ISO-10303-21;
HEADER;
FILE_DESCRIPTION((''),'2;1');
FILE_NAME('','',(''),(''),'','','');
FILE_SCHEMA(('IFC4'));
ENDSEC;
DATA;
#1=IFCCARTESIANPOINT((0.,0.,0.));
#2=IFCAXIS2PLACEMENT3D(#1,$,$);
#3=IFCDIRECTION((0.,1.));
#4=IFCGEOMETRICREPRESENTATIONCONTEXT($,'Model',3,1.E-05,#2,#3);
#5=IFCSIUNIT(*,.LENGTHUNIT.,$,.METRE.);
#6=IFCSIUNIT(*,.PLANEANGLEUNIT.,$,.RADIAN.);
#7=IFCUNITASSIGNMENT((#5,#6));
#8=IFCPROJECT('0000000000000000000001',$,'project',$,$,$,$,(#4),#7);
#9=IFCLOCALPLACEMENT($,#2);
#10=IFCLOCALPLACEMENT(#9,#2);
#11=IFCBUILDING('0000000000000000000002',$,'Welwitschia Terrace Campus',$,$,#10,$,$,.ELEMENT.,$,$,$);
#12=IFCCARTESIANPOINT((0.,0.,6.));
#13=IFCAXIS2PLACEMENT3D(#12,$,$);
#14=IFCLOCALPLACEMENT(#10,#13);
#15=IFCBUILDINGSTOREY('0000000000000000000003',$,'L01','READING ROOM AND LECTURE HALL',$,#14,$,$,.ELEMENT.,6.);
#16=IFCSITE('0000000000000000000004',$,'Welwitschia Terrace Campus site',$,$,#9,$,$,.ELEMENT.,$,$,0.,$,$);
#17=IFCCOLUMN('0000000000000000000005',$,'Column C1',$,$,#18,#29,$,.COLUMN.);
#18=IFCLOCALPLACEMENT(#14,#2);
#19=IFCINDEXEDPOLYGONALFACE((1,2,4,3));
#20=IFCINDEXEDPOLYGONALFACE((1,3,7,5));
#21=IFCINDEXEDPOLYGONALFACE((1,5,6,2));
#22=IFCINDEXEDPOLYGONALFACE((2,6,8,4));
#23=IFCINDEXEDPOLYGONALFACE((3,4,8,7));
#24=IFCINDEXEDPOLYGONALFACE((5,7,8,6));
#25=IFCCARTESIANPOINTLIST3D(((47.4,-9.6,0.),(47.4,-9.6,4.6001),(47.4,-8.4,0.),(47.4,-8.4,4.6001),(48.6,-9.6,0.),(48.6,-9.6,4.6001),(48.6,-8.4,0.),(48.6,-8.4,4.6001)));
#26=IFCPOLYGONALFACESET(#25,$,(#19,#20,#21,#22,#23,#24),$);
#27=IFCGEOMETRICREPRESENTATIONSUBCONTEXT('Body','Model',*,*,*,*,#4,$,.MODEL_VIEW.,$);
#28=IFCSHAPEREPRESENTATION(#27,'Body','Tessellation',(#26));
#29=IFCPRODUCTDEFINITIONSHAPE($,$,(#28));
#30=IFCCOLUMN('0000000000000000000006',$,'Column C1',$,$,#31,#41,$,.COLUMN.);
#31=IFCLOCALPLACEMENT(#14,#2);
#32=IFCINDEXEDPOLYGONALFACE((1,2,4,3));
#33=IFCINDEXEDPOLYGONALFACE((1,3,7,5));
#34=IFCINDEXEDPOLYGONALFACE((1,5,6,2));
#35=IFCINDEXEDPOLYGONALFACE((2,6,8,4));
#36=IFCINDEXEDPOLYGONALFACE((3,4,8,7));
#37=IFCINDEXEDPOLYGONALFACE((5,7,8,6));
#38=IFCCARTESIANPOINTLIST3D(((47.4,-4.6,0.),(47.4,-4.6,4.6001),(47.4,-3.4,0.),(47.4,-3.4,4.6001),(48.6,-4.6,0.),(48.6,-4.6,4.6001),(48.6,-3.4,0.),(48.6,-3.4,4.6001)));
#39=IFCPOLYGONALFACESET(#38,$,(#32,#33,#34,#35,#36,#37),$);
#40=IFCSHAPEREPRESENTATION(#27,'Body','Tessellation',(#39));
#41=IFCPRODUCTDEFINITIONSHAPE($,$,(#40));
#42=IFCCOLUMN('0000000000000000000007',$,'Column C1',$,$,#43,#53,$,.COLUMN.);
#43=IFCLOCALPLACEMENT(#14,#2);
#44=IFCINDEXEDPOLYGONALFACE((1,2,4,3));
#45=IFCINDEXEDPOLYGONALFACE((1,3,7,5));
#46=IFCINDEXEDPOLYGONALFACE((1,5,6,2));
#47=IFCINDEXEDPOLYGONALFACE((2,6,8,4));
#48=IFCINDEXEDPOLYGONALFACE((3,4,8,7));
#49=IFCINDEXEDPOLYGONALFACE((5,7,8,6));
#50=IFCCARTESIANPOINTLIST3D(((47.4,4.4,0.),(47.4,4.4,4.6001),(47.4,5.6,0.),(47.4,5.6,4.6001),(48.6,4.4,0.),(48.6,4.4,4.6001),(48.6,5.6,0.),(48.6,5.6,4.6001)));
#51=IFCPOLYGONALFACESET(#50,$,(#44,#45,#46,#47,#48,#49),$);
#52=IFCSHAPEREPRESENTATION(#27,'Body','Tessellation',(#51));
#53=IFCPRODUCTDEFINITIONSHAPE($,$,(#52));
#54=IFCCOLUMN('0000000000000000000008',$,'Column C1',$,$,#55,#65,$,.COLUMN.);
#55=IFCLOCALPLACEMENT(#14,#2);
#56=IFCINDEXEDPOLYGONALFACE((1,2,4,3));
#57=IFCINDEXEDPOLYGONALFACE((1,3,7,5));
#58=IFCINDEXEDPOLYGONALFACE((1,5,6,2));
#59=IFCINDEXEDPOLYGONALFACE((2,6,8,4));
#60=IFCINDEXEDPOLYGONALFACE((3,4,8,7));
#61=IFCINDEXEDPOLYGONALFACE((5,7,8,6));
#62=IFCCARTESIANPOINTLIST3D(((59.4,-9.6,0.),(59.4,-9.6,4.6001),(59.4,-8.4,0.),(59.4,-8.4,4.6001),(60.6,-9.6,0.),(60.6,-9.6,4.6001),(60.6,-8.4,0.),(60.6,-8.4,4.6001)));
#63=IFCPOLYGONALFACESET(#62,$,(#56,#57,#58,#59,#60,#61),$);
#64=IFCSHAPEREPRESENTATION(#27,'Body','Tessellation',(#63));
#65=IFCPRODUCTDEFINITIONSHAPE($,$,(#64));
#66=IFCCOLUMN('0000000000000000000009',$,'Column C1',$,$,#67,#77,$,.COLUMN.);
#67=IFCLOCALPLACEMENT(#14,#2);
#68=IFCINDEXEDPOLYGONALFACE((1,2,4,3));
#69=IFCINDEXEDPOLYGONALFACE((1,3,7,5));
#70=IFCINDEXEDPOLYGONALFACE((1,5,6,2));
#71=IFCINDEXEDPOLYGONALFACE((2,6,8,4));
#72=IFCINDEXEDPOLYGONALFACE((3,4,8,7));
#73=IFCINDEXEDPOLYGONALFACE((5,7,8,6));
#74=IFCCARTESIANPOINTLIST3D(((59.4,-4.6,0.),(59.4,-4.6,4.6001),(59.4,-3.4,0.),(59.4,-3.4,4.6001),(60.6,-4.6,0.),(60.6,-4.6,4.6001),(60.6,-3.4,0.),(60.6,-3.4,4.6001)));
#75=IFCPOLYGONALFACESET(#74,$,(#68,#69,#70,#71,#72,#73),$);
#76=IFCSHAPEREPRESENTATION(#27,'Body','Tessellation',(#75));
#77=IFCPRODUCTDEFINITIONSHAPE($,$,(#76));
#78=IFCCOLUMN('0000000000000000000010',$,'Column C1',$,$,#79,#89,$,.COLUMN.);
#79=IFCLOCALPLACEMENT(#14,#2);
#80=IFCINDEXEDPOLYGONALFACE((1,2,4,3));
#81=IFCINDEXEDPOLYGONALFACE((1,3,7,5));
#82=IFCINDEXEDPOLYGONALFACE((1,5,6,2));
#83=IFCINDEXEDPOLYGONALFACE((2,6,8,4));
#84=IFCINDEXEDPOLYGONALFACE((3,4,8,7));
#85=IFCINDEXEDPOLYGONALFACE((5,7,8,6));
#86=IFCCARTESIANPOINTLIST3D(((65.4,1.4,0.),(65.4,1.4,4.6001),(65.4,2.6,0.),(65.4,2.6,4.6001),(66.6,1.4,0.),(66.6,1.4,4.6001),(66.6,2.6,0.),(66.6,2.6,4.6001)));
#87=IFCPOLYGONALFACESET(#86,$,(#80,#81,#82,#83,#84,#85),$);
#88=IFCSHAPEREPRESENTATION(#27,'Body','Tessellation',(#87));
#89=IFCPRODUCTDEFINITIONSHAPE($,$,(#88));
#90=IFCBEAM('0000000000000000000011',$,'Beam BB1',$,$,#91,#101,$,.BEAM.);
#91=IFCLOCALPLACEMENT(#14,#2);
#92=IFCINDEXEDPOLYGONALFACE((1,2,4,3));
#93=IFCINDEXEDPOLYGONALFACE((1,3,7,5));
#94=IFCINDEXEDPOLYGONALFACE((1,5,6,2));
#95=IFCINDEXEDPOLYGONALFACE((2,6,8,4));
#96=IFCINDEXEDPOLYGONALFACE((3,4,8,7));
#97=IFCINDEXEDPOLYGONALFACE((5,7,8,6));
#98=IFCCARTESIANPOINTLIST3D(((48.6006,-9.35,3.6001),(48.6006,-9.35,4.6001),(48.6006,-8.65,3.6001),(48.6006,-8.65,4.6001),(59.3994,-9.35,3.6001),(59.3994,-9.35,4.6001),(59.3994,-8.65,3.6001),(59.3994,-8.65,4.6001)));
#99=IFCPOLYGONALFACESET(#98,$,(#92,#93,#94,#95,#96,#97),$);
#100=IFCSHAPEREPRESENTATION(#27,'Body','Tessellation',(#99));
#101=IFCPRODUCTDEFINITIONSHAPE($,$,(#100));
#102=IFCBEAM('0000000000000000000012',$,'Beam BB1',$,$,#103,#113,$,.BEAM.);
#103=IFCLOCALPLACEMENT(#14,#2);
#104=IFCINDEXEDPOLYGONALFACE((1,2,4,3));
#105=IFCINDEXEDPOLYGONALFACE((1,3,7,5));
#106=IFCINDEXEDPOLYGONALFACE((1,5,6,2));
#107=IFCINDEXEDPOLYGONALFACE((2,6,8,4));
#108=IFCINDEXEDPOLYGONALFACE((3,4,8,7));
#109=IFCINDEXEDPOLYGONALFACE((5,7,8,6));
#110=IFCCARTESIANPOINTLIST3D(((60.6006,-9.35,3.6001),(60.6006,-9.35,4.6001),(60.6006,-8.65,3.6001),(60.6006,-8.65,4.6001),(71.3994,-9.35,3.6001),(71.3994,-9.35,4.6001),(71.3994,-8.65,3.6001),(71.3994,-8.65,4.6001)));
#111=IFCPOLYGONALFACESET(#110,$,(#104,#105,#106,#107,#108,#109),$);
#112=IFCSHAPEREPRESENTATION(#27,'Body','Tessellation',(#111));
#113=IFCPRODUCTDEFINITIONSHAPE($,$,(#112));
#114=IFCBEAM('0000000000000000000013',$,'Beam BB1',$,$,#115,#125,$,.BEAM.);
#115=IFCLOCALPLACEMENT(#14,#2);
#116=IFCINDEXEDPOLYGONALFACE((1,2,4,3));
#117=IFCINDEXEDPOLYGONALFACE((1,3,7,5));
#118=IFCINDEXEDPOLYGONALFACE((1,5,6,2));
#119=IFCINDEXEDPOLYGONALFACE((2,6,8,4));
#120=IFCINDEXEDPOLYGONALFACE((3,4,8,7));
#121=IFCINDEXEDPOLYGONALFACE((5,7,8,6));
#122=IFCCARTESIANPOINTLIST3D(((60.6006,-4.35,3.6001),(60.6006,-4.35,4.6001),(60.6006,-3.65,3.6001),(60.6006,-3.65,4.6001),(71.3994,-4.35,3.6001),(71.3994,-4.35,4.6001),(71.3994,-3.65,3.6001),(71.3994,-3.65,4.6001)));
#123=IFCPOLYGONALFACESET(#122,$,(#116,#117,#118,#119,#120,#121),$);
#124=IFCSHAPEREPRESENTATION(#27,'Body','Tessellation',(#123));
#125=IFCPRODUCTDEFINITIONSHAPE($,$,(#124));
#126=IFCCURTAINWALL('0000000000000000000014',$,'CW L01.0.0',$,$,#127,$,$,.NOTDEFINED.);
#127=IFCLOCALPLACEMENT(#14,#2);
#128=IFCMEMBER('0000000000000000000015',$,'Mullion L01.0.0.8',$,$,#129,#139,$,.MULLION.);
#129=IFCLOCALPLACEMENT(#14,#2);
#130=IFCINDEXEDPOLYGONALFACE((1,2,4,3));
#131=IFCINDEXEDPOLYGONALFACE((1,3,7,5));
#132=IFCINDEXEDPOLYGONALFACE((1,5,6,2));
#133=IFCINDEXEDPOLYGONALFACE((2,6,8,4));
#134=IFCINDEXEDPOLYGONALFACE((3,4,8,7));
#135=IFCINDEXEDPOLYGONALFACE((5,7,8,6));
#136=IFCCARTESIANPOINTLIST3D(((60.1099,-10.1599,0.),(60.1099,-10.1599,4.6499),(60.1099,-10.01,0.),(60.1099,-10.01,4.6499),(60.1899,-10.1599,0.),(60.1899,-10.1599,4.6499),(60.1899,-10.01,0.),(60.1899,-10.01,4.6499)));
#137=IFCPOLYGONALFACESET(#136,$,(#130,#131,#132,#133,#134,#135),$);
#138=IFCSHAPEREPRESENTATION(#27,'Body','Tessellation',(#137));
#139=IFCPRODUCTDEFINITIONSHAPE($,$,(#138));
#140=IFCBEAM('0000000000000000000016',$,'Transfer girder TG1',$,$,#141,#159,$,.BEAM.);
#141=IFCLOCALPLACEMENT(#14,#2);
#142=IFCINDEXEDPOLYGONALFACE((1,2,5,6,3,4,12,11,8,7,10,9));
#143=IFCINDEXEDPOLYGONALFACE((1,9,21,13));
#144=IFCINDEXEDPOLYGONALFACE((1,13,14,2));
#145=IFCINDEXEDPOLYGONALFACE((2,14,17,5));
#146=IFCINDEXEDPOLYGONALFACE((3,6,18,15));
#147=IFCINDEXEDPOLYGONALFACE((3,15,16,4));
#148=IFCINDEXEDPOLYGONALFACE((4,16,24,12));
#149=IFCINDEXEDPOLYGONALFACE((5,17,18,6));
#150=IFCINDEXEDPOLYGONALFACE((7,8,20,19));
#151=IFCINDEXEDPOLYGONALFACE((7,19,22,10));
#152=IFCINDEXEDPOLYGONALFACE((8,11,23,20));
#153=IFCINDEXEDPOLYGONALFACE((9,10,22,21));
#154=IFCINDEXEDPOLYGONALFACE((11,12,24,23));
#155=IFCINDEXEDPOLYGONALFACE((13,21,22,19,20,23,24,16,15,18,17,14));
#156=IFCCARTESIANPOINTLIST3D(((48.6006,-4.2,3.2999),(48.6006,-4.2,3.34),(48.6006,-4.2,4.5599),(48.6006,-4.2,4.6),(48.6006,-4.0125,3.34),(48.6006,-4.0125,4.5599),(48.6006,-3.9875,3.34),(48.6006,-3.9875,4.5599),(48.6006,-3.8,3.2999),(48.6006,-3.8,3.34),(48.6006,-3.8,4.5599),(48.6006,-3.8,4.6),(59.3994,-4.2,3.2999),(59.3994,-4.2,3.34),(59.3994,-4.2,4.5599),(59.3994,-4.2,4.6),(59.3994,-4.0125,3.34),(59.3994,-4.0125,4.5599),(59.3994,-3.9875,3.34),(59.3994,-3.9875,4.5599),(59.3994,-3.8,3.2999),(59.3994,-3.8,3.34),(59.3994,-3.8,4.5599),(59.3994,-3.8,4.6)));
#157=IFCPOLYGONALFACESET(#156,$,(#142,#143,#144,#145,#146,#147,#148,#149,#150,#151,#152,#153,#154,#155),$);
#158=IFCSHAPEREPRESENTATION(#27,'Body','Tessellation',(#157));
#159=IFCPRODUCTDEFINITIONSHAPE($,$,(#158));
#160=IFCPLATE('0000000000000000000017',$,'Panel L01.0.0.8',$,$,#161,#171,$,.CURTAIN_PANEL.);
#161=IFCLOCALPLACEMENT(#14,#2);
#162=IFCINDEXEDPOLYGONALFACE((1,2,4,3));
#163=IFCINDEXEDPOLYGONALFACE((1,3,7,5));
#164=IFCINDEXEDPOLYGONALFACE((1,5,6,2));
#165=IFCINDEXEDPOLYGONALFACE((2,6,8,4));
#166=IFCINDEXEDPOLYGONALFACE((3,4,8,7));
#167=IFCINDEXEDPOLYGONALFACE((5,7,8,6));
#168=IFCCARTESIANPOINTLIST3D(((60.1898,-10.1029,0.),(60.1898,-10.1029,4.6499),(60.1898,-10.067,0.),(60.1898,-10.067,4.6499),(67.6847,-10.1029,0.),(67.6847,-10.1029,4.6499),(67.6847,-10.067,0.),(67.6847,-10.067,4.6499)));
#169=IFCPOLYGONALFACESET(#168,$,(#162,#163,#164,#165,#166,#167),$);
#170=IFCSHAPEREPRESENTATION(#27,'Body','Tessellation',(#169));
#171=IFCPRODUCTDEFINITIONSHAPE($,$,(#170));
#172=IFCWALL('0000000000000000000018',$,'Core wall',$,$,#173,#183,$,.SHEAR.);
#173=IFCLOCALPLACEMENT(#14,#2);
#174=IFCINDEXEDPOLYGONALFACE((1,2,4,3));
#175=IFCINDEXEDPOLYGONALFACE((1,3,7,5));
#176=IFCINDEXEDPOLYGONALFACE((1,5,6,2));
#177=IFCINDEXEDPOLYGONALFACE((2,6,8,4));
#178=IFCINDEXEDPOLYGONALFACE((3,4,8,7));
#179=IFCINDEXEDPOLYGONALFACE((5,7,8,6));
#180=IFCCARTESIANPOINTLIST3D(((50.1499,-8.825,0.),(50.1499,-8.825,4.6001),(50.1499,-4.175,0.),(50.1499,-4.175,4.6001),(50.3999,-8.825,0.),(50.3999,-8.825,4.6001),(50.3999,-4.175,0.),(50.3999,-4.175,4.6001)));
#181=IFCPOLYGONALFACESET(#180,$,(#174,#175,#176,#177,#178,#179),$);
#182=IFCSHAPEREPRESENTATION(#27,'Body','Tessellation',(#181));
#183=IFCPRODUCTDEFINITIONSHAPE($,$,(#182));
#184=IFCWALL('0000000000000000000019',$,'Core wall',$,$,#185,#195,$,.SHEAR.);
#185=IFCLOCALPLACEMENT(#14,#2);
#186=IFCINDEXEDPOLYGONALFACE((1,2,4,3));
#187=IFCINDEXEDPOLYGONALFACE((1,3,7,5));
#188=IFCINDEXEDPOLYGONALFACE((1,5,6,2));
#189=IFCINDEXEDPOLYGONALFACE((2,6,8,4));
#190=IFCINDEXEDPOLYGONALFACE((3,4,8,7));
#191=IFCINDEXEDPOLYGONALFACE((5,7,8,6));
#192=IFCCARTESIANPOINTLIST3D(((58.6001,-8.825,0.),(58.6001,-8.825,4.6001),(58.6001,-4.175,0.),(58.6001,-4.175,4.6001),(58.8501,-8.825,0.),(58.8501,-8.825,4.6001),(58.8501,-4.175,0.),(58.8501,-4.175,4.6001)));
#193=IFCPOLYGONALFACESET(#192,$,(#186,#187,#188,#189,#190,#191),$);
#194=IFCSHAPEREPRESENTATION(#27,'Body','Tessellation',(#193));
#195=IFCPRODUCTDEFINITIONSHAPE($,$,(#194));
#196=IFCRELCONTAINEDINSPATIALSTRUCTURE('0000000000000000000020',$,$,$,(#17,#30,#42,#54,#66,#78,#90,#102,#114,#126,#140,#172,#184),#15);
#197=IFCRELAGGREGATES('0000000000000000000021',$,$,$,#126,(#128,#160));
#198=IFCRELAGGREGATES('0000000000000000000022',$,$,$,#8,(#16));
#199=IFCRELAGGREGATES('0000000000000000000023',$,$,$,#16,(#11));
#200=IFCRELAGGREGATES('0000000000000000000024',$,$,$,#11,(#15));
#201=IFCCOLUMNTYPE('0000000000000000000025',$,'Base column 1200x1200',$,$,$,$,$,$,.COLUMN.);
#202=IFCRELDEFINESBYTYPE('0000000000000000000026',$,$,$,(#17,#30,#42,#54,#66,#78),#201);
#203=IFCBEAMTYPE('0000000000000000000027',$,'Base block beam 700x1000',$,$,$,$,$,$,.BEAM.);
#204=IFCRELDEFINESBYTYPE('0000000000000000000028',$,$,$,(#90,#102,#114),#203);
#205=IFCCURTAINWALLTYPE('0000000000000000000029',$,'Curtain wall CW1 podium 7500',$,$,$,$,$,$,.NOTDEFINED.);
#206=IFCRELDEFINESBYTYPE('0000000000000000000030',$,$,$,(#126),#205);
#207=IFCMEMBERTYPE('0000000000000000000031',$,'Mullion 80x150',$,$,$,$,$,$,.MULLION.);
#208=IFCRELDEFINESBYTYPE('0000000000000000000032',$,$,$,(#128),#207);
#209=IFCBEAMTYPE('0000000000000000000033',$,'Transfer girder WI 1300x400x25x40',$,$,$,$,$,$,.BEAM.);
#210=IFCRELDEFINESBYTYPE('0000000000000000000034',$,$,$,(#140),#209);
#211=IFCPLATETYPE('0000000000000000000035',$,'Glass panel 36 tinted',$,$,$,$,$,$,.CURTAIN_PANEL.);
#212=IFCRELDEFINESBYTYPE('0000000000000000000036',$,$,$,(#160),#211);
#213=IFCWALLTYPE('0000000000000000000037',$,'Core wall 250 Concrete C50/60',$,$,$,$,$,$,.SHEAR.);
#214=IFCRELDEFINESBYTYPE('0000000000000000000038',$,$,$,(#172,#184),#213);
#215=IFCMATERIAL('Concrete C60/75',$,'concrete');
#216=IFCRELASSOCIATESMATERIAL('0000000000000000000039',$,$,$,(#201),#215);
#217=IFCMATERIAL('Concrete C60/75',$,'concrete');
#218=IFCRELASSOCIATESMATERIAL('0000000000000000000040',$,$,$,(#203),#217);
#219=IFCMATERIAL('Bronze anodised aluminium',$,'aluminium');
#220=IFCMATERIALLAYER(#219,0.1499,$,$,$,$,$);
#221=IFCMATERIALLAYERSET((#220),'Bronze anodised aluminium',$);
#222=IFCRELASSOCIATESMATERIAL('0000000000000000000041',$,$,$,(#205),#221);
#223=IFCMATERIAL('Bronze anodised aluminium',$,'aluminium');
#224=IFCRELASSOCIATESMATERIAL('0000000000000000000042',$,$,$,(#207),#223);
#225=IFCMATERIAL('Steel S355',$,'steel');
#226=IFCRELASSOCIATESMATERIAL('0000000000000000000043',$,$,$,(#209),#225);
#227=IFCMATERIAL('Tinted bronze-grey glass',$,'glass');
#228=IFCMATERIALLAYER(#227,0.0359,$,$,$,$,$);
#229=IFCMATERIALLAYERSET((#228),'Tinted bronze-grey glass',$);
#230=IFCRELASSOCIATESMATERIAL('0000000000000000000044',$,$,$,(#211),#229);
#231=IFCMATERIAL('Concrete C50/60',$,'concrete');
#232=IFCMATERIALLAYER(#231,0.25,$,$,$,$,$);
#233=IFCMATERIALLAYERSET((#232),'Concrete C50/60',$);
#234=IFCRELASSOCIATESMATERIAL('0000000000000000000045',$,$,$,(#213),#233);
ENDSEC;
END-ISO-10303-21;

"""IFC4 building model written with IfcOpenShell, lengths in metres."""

from ifc_helpers import new_model, si_unit, direction, frame, frame_2d, origin, origin_2d, place, context, subcontext, project, spatial, rectangle, i_section, extrude, material, layer, layer_set, material_profile, profile_set, type_object, element, aggregate, save


model = new_model("IFC4")

# Units and contexts
model_context = context("Model", 3, precision=1e-05, world=origin(), true_north=direction((0.0, 1.0)))
body_context = subcontext(model_context, "Body", "Model", "MODEL_VIEW")
ifc_project = project(units=[si_unit("LENGTHUNIT", "METRE"), si_unit("PLANEANGLEUNIT", "RADIAN")], contexts=[model_context])

# Site, building, storey
site_placement = place(None, origin())
site = spatial("IfcSite", under=ifc_project, at=site_placement, Name="Welwitschia Terrace Campus site", CompositionType="ELEMENT", RefElevation=0.0)
building_placement = place(site_placement, origin())
building = spatial("IfcBuilding", under=site, at=building_placement, Name="Welwitschia Terrace Campus", CompositionType="ELEMENT")
storey_placement = place(building_placement, frame((0.0, 0.0, 6.0)))
storey = spatial("IfcBuildingStorey", under=building, at=storey_placement, Name="L01", Description="READING ROOM AND LECTURE HALL", CompositionType="ELEMENT", Elevation=6.0)

# Columns
ifc_material_1 = material(Name="Concrete C60/75", Category="concrete")
ifc_material_profile_1 = material_profile(ifc_material_1, rectangle(XDim=1.2, YDim=1.2, at=origin_2d()))
ifc_profile_set_1 = profile_set([ifc_material_profile_1], Name="Concrete C60/75")
column_type = type_object("IfcColumnType", Name="Base column 1200x1200", PredefinedType="COLUMN", material=ifc_profile_set_1)
for number, where, z_axis, x_axis, name in (
    (1, (48.0, -9.0, 0.0), (0.0, 0.0, 1.0), (1.0, 0.0, 0.0), "Column C1"),
    (2, (48.0, -4.0, 0.0), (0.0, 0.0, 1.0), (1.0, 0.0, 0.0), "Column C1"),
    (3, (48.0, 5.0, 0.0), (0.0, 0.0, 1.0), (1.0, 0.0, 0.0), "Column C1"),
    (4, (60.0, -9.0, 0.0), (0.0, 0.0, 1.0), (1.0, 0.0, 0.0), "Column C1"),
    (5, (60.0, -4.0, 0.0), (0.0, 0.0, 1.0), (1.0, 0.0, 0.0), "Column C1"),
    (6, (66.0, 2.0, 0.0), (0.0, 0.0, 1.0), (1.0, 0.0, 0.0), "Column C1"),
):
    element("IfcColumn", number, at=place(storey_placement, frame(where, z_axis=z_axis, x_axis=x_axis)), inside=storey, type_object=column_type, Name=name, PredefinedType="COLUMN", context=body_context, shape_type="SweptSolid", body=[
        extrude(rectangle(XDim=1.2, YDim=1.2, at=origin_2d()), origin(), (0.0, 0.0, 1.0), 4.6001),
    ])

# Beams
ifc_material_2 = material(Name="Concrete C60/75", Category="concrete")
ifc_material_profile_2 = material_profile(ifc_material_2, rectangle(XDim=0.7, YDim=1.0, at=origin_2d()))
ifc_profile_set_2 = profile_set([ifc_material_profile_2], Name="Concrete C60/75")
beam_type_1 = type_object("IfcBeamType", Name="Base block beam 700x1000", PredefinedType="BEAM", material=ifc_profile_set_2)
for number, where, z_axis, x_axis, name in (
    (7, (48.6006, -9.0, 4.1001), (1.0, 0.0, 0.0), (0.0, 1.0, 0.0), "Beam BB1"),
    (8, (60.6006, -9.0, 4.1001), (1.0, 0.0, 0.0), (0.0, 1.0, 0.0), "Beam BB1"),
    (9, (60.6006, -4.0, 4.1001), (1.0, 0.0, 0.0), (0.0, 1.0, 0.0), "Beam BB1"),
):
    element("IfcBeam", number, at=place(storey_placement, frame(where, z_axis=z_axis, x_axis=x_axis)), inside=storey, type_object=beam_type_1, Name=name, PredefinedType="BEAM", context=body_context, shape_type="SweptSolid", body=[
        extrude(rectangle(XDim=0.7, YDim=1.0, at=origin_2d()), origin(), (0.0, 0.0, 1.0), 10.7988),
    ])

# Curtain wall, member
ifc_material_3 = material(Name="Bronze anodised aluminium", Category="aluminium")
ifc_layer_1 = layer(ifc_material_3, 0.1499)
ifc_layer_set_1 = layer_set([ifc_layer_1], Name="Bronze anodised aluminium")
curtain_wall_type = type_object("IfcCurtainWallType", Name="Curtain wall CW1 podium 7500", PredefinedType="NOTDEFINED", material=ifc_layer_set_1)
curtain_wall_placement = place(storey_placement, origin())
curtain_wall = element("IfcCurtainWall", 10, at=curtain_wall_placement, inside=storey, type_object=curtain_wall_type, Name="CW L01.0.0", PredefinedType="NOTDEFINED")
ifc_material_4 = material(Name="Bronze anodised aluminium", Category="aluminium")
ifc_material_profile_3 = material_profile(ifc_material_4, rectangle(XDim=0.1499, YDim=0.0801, at=origin_2d()))
ifc_profile_set_3 = profile_set([ifc_material_profile_3], Name="Bronze anodised aluminium")
member_type = type_object("IfcMemberType", Name="Mullion 80x150", PredefinedType="MULLION", material=ifc_profile_set_3)
member_placement = place(storey_placement, frame((60.1499, -10.085, 0.0), z_axis=(0.0, 0.0, 1.0), x_axis=(0.0, 1.0, 0.0)))
member = element("IfcMember", 11, at=member_placement, type_object=member_type, Name="Mullion L01.0.0.8", PredefinedType="MULLION", context=body_context, shape_type="SweptSolid", body=[
    extrude(rectangle(XDim=0.1499, YDim=0.0801, at=origin_2d()), origin(), (0.0, 0.0, 1.0), 4.6499),
])

# Beam
ifc_material_5 = material(Name="Steel S355", Category="steel")
ifc_material_profile_4 = material_profile(ifc_material_5, i_section(OverallWidth=0.3999, OverallDepth=1.3, WebThickness=0.0249, FlangeThickness=0.04, at=origin_2d()))
ifc_profile_set_4 = profile_set([ifc_material_profile_4], Name="Steel S355")
beam_type_2 = type_object("IfcBeamType", Name="Transfer girder WI 1300x400x25x40", PredefinedType="BEAM", material=ifc_profile_set_4)
beam_placement = place(storey_placement, frame((48.6006, -4.0, 3.95), z_axis=(1.0, 0.0, 0.0), x_axis=(0.0, 1.0, 0.0)))
element("IfcBeam", 12, at=beam_placement, inside=storey, type_object=beam_type_2, Name="Transfer girder TG1", PredefinedType="BEAM", context=body_context, shape_type="SweptSolid", body=[
    extrude(i_section(OverallWidth=0.3999, OverallDepth=1.3, WebThickness=0.0249, FlangeThickness=0.04, at=origin_2d()), origin(), (0.0, 0.0, 1.0), 10.7988),
])

# Plate
ifc_material_6 = material(Name="Tinted bronze-grey glass", Category="glass")
ifc_layer_2 = layer(ifc_material_6, 0.0359)
ifc_layer_set_2 = layer_set([ifc_layer_2], Name="Tinted bronze-grey glass")
plate_type = type_object("IfcPlateType", Name="Glass panel 36 tinted", PredefinedType="CURTAIN_PANEL", material=ifc_layer_set_2)
plate_placement = place(storey_placement, frame((63.9373, -10.085, 0.0), z_axis=(0.0, 0.0, 1.0), x_axis=(1.0, 0.0, 0.0)))
plate = element("IfcPlate", 13, at=plate_placement, type_object=plate_type, Name="Panel L01.0.0.8", PredefinedType="CURTAIN_PANEL", context=body_context, shape_type="SweptSolid", body=[
    extrude(rectangle(XDim=7.4949, YDim=0.0359, at=origin_2d()), origin(), (0.0, 0.0, 1.0), 4.6499),
])
aggregate(curtain_wall, [member, plate])

# Walls
ifc_material_7 = material(Name="Concrete C50/60", Category="concrete")
ifc_layer_3 = layer(ifc_material_7, 0.25)
ifc_layer_set_3 = layer_set([ifc_layer_3], Name="Concrete C50/60")
wall_type_1 = type_object("IfcWallType", Name="Core wall 250 Concrete C50/60", PredefinedType="SHEAR", material=ifc_layer_set_3)
for number, where, z_axis, x_axis, name in (
    (14, (50.2749, -8.825, 0.0), (0.0, 0.0, 1.0), (0.0, 1.0, 0.0), "Core wall"),
    (15, (58.7251, -8.825, 0.0), (0.0, 0.0, 1.0), (0.0, 1.0, 0.0), "Core wall"),
):
    element("IfcWall", number, at=place(storey_placement, frame(where, z_axis=z_axis, x_axis=x_axis)), inside=storey, type_object=wall_type_1, Name=name, PredefinedType="SHEAR", context=body_context, shape_type="SweptSolid", body=[
        extrude(rectangle(XDim=4.6499, YDim=0.25, at=frame_2d((2.325, 0.0))), origin(), (0.0, 0.0, 1.0), 4.6001),
    ])

save(model, "model.ifc")
